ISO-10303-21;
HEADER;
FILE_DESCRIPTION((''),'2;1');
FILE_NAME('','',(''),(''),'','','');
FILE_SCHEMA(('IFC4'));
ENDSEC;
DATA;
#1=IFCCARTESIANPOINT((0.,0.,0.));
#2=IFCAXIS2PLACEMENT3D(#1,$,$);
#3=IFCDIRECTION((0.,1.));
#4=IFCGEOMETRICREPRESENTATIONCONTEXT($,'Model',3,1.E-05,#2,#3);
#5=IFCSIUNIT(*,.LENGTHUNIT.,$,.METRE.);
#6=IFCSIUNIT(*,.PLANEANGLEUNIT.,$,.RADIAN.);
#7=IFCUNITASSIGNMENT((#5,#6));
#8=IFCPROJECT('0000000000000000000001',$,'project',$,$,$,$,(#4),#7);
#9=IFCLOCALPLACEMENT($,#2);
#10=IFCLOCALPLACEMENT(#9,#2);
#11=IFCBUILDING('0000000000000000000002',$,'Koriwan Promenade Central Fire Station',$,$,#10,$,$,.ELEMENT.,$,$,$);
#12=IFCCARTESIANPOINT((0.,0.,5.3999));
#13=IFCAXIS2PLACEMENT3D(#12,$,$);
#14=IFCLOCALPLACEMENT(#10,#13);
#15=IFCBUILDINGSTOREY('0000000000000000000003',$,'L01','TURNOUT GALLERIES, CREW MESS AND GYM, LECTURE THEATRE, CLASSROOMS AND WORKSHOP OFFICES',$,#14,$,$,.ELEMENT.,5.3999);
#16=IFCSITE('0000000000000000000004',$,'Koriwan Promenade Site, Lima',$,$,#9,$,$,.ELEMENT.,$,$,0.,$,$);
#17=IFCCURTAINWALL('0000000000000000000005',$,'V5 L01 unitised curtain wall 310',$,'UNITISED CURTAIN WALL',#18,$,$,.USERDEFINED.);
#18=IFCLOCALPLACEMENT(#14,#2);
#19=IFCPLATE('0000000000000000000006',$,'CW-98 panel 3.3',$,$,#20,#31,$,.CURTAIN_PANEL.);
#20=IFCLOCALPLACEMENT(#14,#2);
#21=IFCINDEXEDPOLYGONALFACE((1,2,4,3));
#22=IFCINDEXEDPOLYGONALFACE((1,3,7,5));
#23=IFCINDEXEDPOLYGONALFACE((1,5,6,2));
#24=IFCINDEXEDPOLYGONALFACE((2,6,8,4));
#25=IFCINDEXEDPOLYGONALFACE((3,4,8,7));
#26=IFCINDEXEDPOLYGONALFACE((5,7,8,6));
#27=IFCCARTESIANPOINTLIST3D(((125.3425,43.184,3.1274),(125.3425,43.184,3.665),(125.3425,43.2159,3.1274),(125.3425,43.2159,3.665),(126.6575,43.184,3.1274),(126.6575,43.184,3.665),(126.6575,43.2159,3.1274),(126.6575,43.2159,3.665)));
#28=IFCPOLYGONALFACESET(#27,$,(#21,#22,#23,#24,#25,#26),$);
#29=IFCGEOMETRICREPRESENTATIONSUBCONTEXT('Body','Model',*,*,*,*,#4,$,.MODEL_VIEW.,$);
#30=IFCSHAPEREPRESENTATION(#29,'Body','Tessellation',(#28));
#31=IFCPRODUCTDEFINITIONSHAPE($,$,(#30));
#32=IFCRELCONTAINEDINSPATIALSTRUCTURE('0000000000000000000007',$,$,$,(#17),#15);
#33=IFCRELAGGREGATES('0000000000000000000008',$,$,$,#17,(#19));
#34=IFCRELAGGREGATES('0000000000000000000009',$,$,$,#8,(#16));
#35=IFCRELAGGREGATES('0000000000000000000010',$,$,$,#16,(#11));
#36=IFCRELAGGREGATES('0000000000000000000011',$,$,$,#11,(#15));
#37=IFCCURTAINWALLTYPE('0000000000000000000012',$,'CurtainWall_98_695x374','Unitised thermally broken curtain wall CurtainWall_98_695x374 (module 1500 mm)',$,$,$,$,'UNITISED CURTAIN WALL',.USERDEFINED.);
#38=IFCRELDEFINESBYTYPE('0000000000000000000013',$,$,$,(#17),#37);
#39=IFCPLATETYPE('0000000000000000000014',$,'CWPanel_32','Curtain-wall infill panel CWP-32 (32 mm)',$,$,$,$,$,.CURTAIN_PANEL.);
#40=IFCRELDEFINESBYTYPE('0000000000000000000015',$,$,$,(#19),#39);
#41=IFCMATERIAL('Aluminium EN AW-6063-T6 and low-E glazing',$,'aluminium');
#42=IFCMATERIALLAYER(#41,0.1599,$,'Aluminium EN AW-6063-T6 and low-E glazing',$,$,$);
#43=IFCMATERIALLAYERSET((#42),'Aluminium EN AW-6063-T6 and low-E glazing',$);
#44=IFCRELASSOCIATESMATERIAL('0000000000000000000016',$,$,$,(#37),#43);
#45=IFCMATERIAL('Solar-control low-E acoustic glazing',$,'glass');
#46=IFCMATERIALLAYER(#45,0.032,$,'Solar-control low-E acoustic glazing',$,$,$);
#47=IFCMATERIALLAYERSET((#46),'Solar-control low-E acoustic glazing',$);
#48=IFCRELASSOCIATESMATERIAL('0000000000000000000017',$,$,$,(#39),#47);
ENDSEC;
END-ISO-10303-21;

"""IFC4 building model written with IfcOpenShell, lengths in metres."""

from ifc_helpers import new_model, si_unit, direction, frame, origin, origin_2d, place, context, subcontext, project, spatial, rectangle, extrude, material, layer, layer_set, type_object, element, aggregate, save


model = new_model("IFC4")

# Units and contexts
model_context = context("Model", 3, precision=1e-05, world=origin(), true_north=direction((0.0, 1.0)))
body_context = subcontext(model_context, "Body", "Model", "MODEL_VIEW")
ifc_project = project(units=[si_unit("LENGTHUNIT", "METRE"), si_unit("PLANEANGLEUNIT", "RADIAN")], contexts=[model_context])

# Site, building, storey
site_placement = place(None, origin())
site = spatial("IfcSite", under=ifc_project, at=site_placement, Name="Koriwan Promenade Site, Lima", CompositionType="ELEMENT", RefElevation=0.0)
building_placement = place(site_placement, origin())
building = spatial("IfcBuilding", under=site, at=building_placement, Name="Koriwan Promenade Central Fire Station", CompositionType="ELEMENT")
storey_placement = place(building_placement, frame((0.0, 0.0, 5.3999)))
storey = spatial("IfcBuildingStorey", under=building, at=storey_placement, Name="L01", Description="TURNOUT GALLERIES, CREW MESS AND GYM, LECTURE THEATRE, CLASSROOMS AND WORKSHOP OFFICES", CompositionType="ELEMENT", Elevation=5.3999)

# Shared definitions
ifc_material_1 = material(Name="Aluminium EN AW-6063-T6 and low-E glazing", Category="aluminium")

# Curtain wall
ifc_layer_1 = layer(ifc_material_1, 0.1599, Name="Aluminium EN AW-6063-T6 and low-E glazing")
ifc_layer_set_1 = layer_set([ifc_layer_1], Name="Aluminium EN AW-6063-T6 and low-E glazing")
curtain_wall_type_1 = type_object("IfcCurtainWallType", Name="CurtainWall_98_695x374", Description="Unitised thermally broken curtain wall CurtainWall_98_695x374 (module 1500 mm)", ElementType="UNITISED CURTAIN WALL", PredefinedType="USERDEFINED", material=ifc_layer_set_1)
curtain_wall_1_placement = place(storey_placement, origin())
curtain_wall_1 = element("IfcCurtainWall", 1, at=curtain_wall_1_placement, inside=storey, type_object=curtain_wall_type_1, Name="V5 L01 unitised curtain wall 310", ObjectType="UNITISED CURTAIN WALL", PredefinedType="USERDEFINED")

# Plate
ifc_material_2 = material(Name="Solar-control low-E acoustic glazing", Category="glass")
ifc_layer_2 = layer(ifc_material_2, 0.032, Name="Solar-control low-E acoustic glazing")
ifc_layer_set_2 = layer_set([ifc_layer_2], Name="Solar-control low-E acoustic glazing")
plate_type = type_object("IfcPlateType", Name="CWPanel_32", Description="Curtain-wall infill panel CWP-32 (32 mm)", PredefinedType="CURTAIN_PANEL", material=ifc_layer_set_2)
plate_1_placement = place(storey_placement, frame((126.0, 43.2, 3.1274), z_axis=(0.0, 0.0, 1.0), x_axis=(1.0, 0.0, 0.0)))
plate_1 = element("IfcPlate", 2, at=plate_1_placement, type_object=plate_type, Name="CW-98 panel 3.3", PredefinedType="CURTAIN_PANEL", context=body_context, shape_type="SweptSolid", body=[
    extrude(rectangle(XDim=1.3149, YDim=0.032, at=origin_2d()), origin(), (0.0, 0.0, 1.0), 0.5376),
])
aggregate(curtain_wall_1, [plate_1])

save(model, "model.ifc")
